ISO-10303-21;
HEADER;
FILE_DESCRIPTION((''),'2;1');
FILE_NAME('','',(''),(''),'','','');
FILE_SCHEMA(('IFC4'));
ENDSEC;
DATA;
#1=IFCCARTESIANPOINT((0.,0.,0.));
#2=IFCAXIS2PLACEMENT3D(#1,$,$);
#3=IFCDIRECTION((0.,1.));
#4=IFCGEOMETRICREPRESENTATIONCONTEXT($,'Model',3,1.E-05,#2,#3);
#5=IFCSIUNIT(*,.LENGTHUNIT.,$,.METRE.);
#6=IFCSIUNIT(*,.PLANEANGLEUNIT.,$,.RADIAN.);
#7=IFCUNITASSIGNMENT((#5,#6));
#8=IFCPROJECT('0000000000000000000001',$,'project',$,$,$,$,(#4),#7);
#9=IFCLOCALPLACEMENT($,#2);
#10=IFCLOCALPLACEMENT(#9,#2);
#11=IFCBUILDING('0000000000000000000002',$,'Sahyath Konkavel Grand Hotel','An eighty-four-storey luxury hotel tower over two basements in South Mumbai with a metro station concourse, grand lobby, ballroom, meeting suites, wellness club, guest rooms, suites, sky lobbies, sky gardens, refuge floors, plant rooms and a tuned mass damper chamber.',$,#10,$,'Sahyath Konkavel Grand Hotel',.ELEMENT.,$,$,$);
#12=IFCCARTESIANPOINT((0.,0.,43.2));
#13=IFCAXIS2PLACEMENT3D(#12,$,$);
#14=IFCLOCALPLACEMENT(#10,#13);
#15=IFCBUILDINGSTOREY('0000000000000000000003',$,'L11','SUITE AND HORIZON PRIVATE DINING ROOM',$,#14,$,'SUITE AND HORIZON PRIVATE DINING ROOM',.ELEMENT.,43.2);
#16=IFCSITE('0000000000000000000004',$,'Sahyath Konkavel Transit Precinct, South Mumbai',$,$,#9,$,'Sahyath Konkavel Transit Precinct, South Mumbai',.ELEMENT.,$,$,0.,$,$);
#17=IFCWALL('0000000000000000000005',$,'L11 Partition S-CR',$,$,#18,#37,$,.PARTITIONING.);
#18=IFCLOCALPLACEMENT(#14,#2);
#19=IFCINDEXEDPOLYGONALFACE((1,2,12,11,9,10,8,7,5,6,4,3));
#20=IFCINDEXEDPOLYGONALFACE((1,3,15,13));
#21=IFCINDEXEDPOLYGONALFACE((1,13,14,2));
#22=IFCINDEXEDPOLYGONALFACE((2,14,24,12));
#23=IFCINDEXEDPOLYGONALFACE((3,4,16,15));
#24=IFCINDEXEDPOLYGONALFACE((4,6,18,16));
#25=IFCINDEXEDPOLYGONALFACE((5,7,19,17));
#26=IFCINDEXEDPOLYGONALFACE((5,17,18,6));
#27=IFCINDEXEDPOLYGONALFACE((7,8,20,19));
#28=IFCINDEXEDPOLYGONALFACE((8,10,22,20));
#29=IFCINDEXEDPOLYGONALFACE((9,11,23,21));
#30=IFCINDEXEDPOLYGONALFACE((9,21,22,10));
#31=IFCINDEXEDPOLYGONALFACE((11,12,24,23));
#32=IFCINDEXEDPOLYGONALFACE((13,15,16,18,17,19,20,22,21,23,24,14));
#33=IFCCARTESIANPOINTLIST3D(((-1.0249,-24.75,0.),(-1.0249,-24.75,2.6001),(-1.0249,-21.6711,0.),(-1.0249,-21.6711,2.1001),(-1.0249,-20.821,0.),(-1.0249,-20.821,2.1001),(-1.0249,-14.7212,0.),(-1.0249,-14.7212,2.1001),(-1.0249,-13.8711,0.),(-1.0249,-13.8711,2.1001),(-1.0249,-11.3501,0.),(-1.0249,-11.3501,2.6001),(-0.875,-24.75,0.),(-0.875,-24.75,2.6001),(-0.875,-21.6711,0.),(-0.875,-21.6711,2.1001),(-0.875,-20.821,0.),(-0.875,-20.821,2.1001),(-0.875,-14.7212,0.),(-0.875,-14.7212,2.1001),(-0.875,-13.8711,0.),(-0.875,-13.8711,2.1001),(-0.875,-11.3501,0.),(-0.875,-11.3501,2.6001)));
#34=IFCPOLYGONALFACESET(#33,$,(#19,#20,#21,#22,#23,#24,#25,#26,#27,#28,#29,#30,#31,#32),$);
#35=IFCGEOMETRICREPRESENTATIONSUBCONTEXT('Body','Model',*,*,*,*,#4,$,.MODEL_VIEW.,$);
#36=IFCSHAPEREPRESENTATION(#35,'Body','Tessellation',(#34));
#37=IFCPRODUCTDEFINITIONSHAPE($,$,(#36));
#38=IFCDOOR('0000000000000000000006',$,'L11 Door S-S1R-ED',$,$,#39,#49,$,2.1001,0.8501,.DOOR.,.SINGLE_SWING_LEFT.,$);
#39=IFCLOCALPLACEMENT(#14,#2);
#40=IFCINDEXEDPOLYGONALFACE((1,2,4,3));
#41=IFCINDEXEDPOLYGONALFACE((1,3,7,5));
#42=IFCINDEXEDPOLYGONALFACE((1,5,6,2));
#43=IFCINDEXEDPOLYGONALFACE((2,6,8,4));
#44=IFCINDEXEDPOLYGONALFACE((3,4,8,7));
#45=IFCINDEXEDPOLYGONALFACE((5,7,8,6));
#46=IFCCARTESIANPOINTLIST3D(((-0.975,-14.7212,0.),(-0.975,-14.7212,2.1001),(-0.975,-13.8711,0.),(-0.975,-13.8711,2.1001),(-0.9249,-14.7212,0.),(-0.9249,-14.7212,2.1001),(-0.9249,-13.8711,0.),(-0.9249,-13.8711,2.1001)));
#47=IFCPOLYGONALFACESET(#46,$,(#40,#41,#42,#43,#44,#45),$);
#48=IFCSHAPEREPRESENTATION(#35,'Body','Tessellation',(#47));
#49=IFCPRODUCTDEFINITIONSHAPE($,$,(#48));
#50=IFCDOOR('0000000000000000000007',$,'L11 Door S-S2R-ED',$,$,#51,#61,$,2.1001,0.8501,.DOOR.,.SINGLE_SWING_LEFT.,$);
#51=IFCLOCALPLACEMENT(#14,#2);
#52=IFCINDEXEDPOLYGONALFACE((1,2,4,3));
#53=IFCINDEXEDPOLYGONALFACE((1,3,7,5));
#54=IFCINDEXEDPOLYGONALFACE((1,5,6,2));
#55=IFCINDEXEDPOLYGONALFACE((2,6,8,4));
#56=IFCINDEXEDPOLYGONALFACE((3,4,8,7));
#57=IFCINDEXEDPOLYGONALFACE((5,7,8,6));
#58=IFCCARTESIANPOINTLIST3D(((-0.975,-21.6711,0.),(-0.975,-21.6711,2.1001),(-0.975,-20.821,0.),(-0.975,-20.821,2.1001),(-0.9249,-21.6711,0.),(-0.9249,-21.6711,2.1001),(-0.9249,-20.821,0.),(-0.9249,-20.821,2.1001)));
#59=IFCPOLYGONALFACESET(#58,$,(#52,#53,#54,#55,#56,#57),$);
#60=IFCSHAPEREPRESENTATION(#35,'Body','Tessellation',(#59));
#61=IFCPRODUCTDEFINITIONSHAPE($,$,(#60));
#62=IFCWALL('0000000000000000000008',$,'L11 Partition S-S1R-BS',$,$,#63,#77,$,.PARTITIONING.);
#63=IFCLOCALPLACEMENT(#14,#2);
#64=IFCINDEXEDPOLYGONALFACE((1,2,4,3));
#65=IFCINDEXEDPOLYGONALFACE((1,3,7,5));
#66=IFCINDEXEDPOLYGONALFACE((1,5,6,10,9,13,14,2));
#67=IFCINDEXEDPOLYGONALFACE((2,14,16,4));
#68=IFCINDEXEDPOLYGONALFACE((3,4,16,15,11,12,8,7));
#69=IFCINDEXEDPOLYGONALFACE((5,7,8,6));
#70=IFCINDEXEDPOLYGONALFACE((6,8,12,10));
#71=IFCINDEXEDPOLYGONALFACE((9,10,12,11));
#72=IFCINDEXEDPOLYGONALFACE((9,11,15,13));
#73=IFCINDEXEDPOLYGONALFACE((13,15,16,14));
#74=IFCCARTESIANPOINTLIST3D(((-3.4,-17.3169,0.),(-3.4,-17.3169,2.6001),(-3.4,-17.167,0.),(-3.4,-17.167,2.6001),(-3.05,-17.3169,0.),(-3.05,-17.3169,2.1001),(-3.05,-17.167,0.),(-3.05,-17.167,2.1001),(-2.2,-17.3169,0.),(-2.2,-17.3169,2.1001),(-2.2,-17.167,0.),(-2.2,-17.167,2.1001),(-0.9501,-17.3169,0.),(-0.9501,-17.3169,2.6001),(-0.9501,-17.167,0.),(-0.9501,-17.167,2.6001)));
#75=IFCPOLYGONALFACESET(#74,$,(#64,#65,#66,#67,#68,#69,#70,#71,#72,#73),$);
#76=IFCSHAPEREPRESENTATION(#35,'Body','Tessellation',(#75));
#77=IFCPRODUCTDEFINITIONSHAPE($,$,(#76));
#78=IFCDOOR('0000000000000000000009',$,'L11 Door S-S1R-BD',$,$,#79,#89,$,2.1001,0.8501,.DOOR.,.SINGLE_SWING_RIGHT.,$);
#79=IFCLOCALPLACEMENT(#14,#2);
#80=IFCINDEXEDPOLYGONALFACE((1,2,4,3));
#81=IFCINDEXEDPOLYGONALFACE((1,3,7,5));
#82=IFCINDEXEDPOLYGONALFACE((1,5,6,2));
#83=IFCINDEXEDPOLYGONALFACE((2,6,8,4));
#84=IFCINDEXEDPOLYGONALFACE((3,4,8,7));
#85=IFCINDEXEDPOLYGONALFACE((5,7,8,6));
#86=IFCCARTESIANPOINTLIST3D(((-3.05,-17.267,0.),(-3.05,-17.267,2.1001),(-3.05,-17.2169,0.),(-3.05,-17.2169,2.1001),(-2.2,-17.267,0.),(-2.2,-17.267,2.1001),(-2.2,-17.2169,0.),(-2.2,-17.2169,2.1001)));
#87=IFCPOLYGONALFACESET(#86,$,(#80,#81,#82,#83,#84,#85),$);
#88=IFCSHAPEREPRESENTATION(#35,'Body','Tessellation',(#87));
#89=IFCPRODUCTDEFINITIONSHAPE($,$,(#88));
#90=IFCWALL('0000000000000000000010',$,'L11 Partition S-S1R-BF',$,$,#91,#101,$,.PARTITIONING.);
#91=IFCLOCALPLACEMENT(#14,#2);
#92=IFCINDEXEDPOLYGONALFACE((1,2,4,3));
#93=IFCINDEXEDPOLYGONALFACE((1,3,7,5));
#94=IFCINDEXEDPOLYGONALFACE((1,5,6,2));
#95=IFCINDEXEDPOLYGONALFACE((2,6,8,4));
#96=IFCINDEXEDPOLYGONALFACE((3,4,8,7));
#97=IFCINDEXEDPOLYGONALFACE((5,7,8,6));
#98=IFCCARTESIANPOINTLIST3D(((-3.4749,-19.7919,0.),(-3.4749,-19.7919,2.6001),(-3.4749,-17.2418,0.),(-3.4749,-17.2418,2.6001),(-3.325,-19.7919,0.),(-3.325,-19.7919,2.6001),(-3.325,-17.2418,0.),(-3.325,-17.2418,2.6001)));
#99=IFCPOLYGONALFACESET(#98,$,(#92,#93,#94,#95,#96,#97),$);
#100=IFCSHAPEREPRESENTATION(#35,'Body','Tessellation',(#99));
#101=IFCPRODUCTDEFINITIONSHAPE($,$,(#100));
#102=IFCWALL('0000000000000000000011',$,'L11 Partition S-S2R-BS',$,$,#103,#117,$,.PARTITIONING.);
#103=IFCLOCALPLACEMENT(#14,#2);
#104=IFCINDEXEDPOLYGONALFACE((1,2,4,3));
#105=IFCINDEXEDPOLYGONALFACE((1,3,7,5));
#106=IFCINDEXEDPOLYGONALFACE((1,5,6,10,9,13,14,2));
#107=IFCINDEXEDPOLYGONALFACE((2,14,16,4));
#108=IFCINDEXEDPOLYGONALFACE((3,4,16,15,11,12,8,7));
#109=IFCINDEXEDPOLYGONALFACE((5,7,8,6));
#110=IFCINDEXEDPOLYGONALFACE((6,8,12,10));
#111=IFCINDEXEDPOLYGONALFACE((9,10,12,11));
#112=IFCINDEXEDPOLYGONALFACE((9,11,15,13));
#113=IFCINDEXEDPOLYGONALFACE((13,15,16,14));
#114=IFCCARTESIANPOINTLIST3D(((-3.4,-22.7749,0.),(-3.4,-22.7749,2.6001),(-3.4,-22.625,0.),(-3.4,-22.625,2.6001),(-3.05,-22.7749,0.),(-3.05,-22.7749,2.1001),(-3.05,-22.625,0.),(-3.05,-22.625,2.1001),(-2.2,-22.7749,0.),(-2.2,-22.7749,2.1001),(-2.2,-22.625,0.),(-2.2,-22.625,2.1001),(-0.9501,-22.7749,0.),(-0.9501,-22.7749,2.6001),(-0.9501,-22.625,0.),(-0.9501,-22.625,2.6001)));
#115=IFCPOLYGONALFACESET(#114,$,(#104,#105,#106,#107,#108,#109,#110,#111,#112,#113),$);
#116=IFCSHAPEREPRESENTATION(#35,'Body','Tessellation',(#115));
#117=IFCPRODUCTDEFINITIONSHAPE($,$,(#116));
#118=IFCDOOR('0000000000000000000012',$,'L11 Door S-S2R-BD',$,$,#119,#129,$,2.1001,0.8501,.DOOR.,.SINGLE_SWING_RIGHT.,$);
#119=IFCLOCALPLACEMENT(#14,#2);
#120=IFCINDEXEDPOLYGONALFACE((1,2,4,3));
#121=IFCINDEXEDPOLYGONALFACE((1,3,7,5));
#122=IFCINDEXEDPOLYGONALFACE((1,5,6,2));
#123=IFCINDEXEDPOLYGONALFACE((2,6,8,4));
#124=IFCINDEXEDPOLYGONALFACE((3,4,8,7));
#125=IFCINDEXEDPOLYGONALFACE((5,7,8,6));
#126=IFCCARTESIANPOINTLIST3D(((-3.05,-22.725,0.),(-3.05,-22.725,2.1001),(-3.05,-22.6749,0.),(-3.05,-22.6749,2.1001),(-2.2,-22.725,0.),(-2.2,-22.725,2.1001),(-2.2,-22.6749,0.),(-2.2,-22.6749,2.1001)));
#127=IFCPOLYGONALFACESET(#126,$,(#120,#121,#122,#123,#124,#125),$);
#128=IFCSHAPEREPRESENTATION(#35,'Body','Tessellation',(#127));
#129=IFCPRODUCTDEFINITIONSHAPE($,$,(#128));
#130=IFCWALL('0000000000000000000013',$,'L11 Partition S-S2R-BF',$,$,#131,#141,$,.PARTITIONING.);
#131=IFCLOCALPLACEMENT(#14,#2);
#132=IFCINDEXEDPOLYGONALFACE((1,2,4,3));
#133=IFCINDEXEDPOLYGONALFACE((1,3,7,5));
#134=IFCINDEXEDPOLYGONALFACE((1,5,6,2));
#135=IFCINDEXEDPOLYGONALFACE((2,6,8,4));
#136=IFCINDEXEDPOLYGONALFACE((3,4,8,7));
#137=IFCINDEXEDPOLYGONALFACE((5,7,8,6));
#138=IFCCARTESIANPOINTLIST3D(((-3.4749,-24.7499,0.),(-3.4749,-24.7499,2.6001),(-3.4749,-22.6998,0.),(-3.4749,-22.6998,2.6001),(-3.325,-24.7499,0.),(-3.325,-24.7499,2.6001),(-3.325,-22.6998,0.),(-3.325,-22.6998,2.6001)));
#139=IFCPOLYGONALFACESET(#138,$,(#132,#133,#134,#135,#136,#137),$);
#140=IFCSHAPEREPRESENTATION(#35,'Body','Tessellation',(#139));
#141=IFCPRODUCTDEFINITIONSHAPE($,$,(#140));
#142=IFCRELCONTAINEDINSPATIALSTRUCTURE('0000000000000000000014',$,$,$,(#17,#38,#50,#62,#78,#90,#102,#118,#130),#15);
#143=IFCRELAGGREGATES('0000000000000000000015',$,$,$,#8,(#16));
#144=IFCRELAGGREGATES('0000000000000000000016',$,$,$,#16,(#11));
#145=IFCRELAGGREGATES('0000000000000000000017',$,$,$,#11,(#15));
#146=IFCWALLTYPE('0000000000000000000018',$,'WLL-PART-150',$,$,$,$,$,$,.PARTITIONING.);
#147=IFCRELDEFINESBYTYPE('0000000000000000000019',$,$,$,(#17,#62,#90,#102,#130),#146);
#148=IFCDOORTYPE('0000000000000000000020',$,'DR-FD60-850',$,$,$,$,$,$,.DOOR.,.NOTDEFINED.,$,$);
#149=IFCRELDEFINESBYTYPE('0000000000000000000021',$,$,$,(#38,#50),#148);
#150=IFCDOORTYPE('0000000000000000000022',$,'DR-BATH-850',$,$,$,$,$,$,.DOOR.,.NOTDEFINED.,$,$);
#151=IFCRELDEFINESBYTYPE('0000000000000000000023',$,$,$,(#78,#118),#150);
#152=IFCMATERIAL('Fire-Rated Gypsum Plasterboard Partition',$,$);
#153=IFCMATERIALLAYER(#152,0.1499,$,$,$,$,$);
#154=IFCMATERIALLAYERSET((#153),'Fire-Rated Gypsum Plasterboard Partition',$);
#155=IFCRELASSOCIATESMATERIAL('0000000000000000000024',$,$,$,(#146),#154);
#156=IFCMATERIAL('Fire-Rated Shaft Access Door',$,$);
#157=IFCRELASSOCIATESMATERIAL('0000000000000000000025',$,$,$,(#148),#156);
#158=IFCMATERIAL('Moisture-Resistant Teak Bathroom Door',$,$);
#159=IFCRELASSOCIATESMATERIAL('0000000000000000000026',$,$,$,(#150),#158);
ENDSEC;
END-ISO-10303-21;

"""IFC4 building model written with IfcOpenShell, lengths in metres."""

from ifc_helpers import new_model, si_unit, direction, frame, frame_2d, origin, origin_2d, place, context, subcontext, project, spatial, rectangle, extrude, source, transform, mapped, material, layer, layer_set, type_object, element, fill, save


model = new_model("IFC4")

# Units and contexts
model_context = context("Model", 3, precision=1e-05, world=origin(), true_north=direction((0.0, 1.0)))
body_context = subcontext(model_context, "Body", "Model", "MODEL_VIEW")
ifc_project = project(units=[si_unit("LENGTHUNIT", "METRE"), si_unit("PLANEANGLEUNIT", "RADIAN")], contexts=[model_context])

# Site, building, storey
site_placement = place(None, origin())
site = spatial("IfcSite", under=ifc_project, at=site_placement, Name="Sahyath Konkavel Transit Precinct, South Mumbai", LongName="Sahyath Konkavel Transit Precinct, South Mumbai", CompositionType="ELEMENT", RefElevation=0.0)
building_placement = place(site_placement, origin())
building = spatial("IfcBuilding", under=site, at=building_placement, Name="Sahyath Konkavel Grand Hotel", Description="An eighty-four-storey luxury hotel tower over two basements in South Mumbai with a metro station concourse, grand lobby, ballroom, meeting suites, wellness club, guest rooms, suites, sky lobbies, sky gardens, refuge floors, plant rooms and a tuned mass damper chamber.", LongName="Sahyath Konkavel Grand Hotel", CompositionType="ELEMENT")
storey_placement = place(building_placement, frame((0.0, 0.0, 43.2)))
storey = spatial("IfcBuildingStorey", under=building, at=storey_placement, Name="L11", Description="SUITE AND HORIZON PRIVATE DINING ROOM", LongName="SUITE AND HORIZON PRIVATE DINING ROOM", CompositionType="ELEMENT", Elevation=43.2)

# Shared definitions
shared_shape_1 = source(origin(), body_context, "Body", "SweptSolid", [
    extrude(rectangle(XDim=0.8501, YDim=0.05, at=origin_2d()), origin(), (0.0, 0.0, 1.0), 2.1001),
])

# Wall, openings, doors
ifc_material_1 = material(Name="Fire-Rated Gypsum Plasterboard Partition")
ifc_layer_1 = layer(ifc_material_1, 0.1499)
ifc_layer_set_1 = layer_set([ifc_layer_1], Name="Fire-Rated Gypsum Plasterboard Partition")
wall_type_1 = type_object("IfcWallType", Name="WLL-PART-150", PredefinedType="PARTITIONING", material=ifc_layer_set_1)
wall_1_placement = place(storey_placement, frame((-0.95, -11.3501, 0.0), z_axis=(0.0, 0.0, 1.0), x_axis=(0.0, -1.0, 0.0)))
wall_1 = element("IfcWall", 1, at=wall_1_placement, inside=storey, type_object=wall_type_1, Name="L11 Partition S-CR", PredefinedType="PARTITIONING", context=body_context, shape_type="SweptSolid", body=[
    extrude(rectangle(XDim=13.3999, YDim=0.1499, at=frame_2d((6.7, 0.0))), origin(), (0.0, 0.0, 1.0), 2.6001),
])
opening_1_placement = place(wall_1_placement, frame((2.521, 0.0, 0.0)))
opening_1 = element("IfcOpeningElement", 2, at=opening_1_placement, cuts=wall_1, PredefinedType="OPENING", context=body_context, shape_type="SweptSolid", body=[
    extrude(rectangle(XDim=0.8501, YDim=2.1001, at=frame_2d((0.425, 1.05))), frame((0.0, 0.085, 0.0), z_axis=(0.0, -1.0, 0.0), x_axis=(1.0, 0.0, 0.0)), (0.0, 0.0, 1.0), 0.1699),
])
opening_2_placement = place(wall_1_placement, frame((9.4709, 0.0, 0.0)))
opening_2 = element("IfcOpeningElement", 3, at=opening_2_placement, cuts=wall_1, PredefinedType="OPENING", context=body_context, shape_type="SweptSolid", body=[
    extrude(rectangle(XDim=0.8501, YDim=2.1001, at=frame_2d((0.425, 1.05))), frame((0.0, 0.085, 0.0), z_axis=(0.0, -1.0, 0.0), x_axis=(1.0, 0.0, 0.0)), (0.0, 0.0, 1.0), 0.1699),
])
ifc_material_2 = material(Name="Fire-Rated Shaft Access Door")
door_type_1 = type_object("IfcDoorType", Name="DR-FD60-850", OperationType="NOTDEFINED", PredefinedType="DOOR", material=ifc_material_2)
door_1_placement = place(opening_1_placement, frame((0.425, 0.0, 0.0)))
door_1 = element("IfcDoor", 4, at=door_1_placement, inside=storey, type_object=door_type_1, Name="L11 Door S-S1R-ED", OperationType="SINGLE_SWING_LEFT", OverallHeight=2.1001, OverallWidth=0.8501, PredefinedType="DOOR", context=body_context, shape_type="MappedRepresentation", body=[
    mapped(shared_shape_1, transform((0.0, 0.0, 0.0), scale=1.0)),
])
fill(opening_1, door_1)
door_2_placement = place(opening_2_placement, frame((0.425, 0.0, 0.0)))
door_2 = element("IfcDoor", 5, at=door_2_placement, inside=storey, type_object=door_type_1, Name="L11 Door S-S2R-ED", OperationType="SINGLE_SWING_LEFT", OverallHeight=2.1001, OverallWidth=0.8501, PredefinedType="DOOR", context=body_context, shape_type="MappedRepresentation", body=[
    mapped(shared_shape_1, transform((0.0, 0.0, 0.0), scale=1.0)),
])
fill(opening_2, door_2)

# Wall, opening, door
wall_2_placement = place(storey_placement, frame((-0.95, -17.2419, 0.0), z_axis=(0.0, 0.0, 1.0), x_axis=(-1.0, 0.0, 0.0)))
wall_2 = element("IfcWall", 6, at=wall_2_placement, inside=storey, type_object=wall_type_1, Name="L11 Partition S-S1R-BS", PredefinedType="PARTITIONING", context=body_context, shape_type="SweptSolid", body=[
    extrude(rectangle(XDim=2.45, YDim=0.1499, at=frame_2d((1.2251, 0.0))), origin(), (0.0, 0.0, 1.0), 2.6001),
])
opening_3_placement = place(wall_2_placement, frame((1.25, 0.0, 0.0)))
opening_3 = element("IfcOpeningElement", 7, at=opening_3_placement, cuts=wall_2, PredefinedType="OPENING", context=body_context, shape_type="SweptSolid", body=[
    extrude(rectangle(XDim=0.8501, YDim=2.1001, at=frame_2d((0.425, 1.05))), frame((0.0, 0.085, 0.0), z_axis=(0.0, -1.0, 0.0), x_axis=(1.0, 0.0, 0.0)), (0.0, 0.0, 1.0), 0.1699),
])
ifc_material_3 = material(Name="Moisture-Resistant Teak Bathroom Door")
door_type_2 = type_object("IfcDoorType", Name="DR-BATH-850", OperationType="NOTDEFINED", PredefinedType="DOOR", material=ifc_material_3)
door_3_placement = place(opening_3_placement, frame((0.425, 0.0, 0.0)))
door_3 = element("IfcDoor", 8, at=door_3_placement, inside=storey, type_object=door_type_2, Name="L11 Door S-S1R-BD", OperationType="SINGLE_SWING_RIGHT", OverallHeight=2.1001, OverallWidth=0.8501, PredefinedType="DOOR", context=body_context, shape_type="MappedRepresentation", body=[
    mapped(shared_shape_1, transform((0.0, 0.0, 0.0), scale=1.0)),
])
fill(opening_3, door_3)

# Wall
wall_3_placement = place(storey_placement, frame((-3.3999, -17.2419, 0.0), z_axis=(0.0, 0.0, 1.0), x_axis=(0.0, -1.0, 0.0)))
element("IfcWall", 9, at=wall_3_placement, inside=storey, type_object=wall_type_1, Name="L11 Partition S-S1R-BF", PredefinedType="PARTITIONING", context=body_context, shape_type="SweptSolid", body=[
    extrude(rectangle(XDim=2.55, YDim=0.1499, at=frame_2d((1.2749, 0.0))), origin(), (0.0, 0.0, 1.0), 2.6001),
])

# Wall, opening, door
wall_4_placement = place(storey_placement, frame((-0.95, -22.7, 0.0), z_axis=(0.0, 0.0, 1.0), x_axis=(-1.0, 0.0, 0.0)))
wall_4 = element("IfcWall", 10, at=wall_4_placement, inside=storey, type_object=wall_type_1, Name="L11 Partition S-S2R-BS", PredefinedType="PARTITIONING", context=body_context, shape_type="SweptSolid", body=[
    extrude(rectangle(XDim=2.45, YDim=0.1499, at=frame_2d((1.2251, 0.0))), origin(), (0.0, 0.0, 1.0), 2.6001),
])
opening_4_placement = place(wall_4_placement, frame((1.25, 0.0, 0.0)))
opening_4 = element("IfcOpeningElement", 11, at=opening_4_placement, cuts=wall_4, PredefinedType="OPENING", context=body_context, shape_type="SweptSolid", body=[
    extrude(rectangle(XDim=0.8501, YDim=2.1001, at=frame_2d((0.425, 1.05))), frame((0.0, 0.085, 0.0), z_axis=(0.0, -1.0, 0.0), x_axis=(1.0, 0.0, 0.0)), (0.0, 0.0, 1.0), 0.1699),
])
door_4_placement = place(opening_4_placement, frame((0.425, 0.0, 0.0)))
door_4 = element("IfcDoor", 12, at=door_4_placement, inside=storey, type_object=door_type_2, Name="L11 Door S-S2R-BD", OperationType="SINGLE_SWING_RIGHT", OverallHeight=2.1001, OverallWidth=0.8501, PredefinedType="DOOR", context=body_context, shape_type="MappedRepresentation", body=[
    mapped(shared_shape_1, transform((0.0, 0.0, 0.0), scale=1.0)),
])
fill(opening_4, door_4)

# Wall
wall_5_placement = place(storey_placement, frame((-3.3999, -22.7, 0.0), z_axis=(0.0, 0.0, 1.0), x_axis=(0.0, -1.0, 0.0)))
element("IfcWall", 13, at=wall_5_placement, inside=storey, type_object=wall_type_1, Name="L11 Partition S-S2R-BF", PredefinedType="PARTITIONING", context=body_context, shape_type="SweptSolid", body=[
    extrude(rectangle(XDim=2.05, YDim=0.1499, at=frame_2d((1.0249, 0.0))), origin(), (0.0, 0.0, 1.0), 2.6001),
])

save(model, "model.ifc")
